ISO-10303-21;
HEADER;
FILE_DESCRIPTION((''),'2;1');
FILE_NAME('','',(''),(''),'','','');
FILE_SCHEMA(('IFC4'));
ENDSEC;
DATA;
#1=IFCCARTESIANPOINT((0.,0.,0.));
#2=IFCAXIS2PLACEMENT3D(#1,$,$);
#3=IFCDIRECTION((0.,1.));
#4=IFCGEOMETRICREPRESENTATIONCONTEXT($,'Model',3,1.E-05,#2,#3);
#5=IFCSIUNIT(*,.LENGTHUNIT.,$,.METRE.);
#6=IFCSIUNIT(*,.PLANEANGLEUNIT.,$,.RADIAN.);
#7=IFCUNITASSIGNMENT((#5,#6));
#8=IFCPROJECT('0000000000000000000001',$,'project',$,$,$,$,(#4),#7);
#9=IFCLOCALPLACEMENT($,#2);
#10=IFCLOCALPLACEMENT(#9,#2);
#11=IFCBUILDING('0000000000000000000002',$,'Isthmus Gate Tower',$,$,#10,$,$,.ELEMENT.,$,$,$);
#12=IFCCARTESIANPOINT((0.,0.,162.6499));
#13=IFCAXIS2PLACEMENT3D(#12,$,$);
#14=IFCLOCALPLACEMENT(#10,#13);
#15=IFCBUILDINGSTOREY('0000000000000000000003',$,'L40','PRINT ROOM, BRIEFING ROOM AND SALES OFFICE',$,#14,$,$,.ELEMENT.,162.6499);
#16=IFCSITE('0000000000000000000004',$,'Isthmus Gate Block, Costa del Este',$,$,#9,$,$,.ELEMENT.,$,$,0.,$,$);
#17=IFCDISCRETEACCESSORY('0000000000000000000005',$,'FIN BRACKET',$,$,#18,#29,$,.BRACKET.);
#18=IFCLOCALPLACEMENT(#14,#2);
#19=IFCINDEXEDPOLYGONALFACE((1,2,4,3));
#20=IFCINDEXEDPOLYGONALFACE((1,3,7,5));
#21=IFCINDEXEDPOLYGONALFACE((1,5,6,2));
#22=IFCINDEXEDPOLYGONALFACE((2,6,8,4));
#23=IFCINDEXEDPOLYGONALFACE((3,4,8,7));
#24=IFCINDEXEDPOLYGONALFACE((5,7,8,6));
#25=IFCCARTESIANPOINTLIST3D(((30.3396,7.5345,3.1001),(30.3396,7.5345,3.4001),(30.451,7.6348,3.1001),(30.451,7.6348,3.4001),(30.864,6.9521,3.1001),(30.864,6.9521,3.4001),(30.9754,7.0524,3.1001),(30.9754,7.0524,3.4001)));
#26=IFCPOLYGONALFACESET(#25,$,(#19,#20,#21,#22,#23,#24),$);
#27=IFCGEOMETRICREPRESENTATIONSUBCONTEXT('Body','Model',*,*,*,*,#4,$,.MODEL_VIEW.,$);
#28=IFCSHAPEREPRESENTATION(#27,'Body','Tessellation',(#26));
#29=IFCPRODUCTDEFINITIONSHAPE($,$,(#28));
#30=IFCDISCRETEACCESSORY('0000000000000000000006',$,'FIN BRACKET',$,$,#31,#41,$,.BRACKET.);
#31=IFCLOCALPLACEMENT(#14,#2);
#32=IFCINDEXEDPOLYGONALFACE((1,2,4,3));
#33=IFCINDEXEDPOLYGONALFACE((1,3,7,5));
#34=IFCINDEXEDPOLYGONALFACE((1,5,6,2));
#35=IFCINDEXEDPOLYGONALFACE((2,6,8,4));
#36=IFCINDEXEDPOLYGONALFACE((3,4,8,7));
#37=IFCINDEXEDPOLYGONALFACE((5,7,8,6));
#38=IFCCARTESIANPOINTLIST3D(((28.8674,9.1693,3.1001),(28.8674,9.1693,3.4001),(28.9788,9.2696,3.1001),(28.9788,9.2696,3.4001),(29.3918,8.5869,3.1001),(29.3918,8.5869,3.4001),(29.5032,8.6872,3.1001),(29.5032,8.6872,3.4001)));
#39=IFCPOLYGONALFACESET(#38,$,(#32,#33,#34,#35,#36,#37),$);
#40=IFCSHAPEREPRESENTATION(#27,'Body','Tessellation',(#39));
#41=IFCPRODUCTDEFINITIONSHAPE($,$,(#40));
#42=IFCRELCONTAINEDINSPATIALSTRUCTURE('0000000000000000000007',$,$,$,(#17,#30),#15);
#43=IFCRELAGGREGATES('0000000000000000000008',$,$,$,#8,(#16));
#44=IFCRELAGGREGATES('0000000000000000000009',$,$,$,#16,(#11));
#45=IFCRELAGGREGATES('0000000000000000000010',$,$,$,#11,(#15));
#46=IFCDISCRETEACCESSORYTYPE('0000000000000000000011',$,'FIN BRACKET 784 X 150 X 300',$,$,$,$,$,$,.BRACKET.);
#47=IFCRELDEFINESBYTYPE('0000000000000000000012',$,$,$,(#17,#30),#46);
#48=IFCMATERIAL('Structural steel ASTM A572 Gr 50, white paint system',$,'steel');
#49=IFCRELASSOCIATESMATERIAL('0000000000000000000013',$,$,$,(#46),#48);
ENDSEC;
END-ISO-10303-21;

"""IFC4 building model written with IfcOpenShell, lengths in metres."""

from ifc_helpers import new_model, si_unit, direction, frame, origin, origin_2d, place, context, subcontext, project, spatial, rectangle, extrude, material, type_object, element, save


model = new_model("IFC4")

# Units and contexts
model_context = context("Model", 3, precision=1e-05, world=origin(), true_north=direction((0.0, 1.0)))
body_context = subcontext(model_context, "Body", "Model", "MODEL_VIEW")
ifc_project = project(units=[si_unit("LENGTHUNIT", "METRE"), si_unit("PLANEANGLEUNIT", "RADIAN")], contexts=[model_context])

# Site, building, storey
site_placement = place(None, origin())
site = spatial("IfcSite", under=ifc_project, at=site_placement, Name="Isthmus Gate Block, Costa del Este", CompositionType="ELEMENT", RefElevation=0.0)
building_placement = place(site_placement, origin())
building = spatial("IfcBuilding", under=site, at=building_placement, Name="Isthmus Gate Tower", CompositionType="ELEMENT")
storey_placement = place(building_placement, frame((0.0, 0.0, 162.6499)))
storey = spatial("IfcBuildingStorey", under=building, at=storey_placement, Name="L40", Description="PRINT ROOM, BRIEFING ROOM AND SALES OFFICE", CompositionType="ELEMENT", Elevation=162.6499)

# Discrete accessories
ifc_material_1 = material(Name="Structural steel ASTM A572 Gr 50, white paint system", Category="steel")
discrete_accessory_type = type_object("IfcDiscreteAccessoryType", Name="FIN BRACKET 784 X 150 X 300", PredefinedType="BRACKET", material=ifc_material_1)
for number, where, z_axis, x_axis, name in (
    (1, (30.6575, 7.2935, 3.1001), (0.0, 0.0, 1.0), (0.743145, 0.669131, 0.0), "FIN BRACKET"),
    (2, (29.1853, 8.9282, 3.1001), (0.0, 0.0, 1.0), (0.743145, 0.669131, 0.0), "FIN BRACKET"),
):
    element("IfcDiscreteAccessory", number, at=place(storey_placement, frame(where, z_axis=z_axis, x_axis=x_axis)), inside=storey, type_object=discrete_accessory_type, Name=name, PredefinedType="BRACKET", context=body_context, shape_type="SweptSolid", body=[
        extrude(rectangle(XDim=0.1499, YDim=0.7837, at=origin_2d()), origin(), (0.0, 0.0, 1.0), 0.3),
    ])

save(model, "model.ifc")
